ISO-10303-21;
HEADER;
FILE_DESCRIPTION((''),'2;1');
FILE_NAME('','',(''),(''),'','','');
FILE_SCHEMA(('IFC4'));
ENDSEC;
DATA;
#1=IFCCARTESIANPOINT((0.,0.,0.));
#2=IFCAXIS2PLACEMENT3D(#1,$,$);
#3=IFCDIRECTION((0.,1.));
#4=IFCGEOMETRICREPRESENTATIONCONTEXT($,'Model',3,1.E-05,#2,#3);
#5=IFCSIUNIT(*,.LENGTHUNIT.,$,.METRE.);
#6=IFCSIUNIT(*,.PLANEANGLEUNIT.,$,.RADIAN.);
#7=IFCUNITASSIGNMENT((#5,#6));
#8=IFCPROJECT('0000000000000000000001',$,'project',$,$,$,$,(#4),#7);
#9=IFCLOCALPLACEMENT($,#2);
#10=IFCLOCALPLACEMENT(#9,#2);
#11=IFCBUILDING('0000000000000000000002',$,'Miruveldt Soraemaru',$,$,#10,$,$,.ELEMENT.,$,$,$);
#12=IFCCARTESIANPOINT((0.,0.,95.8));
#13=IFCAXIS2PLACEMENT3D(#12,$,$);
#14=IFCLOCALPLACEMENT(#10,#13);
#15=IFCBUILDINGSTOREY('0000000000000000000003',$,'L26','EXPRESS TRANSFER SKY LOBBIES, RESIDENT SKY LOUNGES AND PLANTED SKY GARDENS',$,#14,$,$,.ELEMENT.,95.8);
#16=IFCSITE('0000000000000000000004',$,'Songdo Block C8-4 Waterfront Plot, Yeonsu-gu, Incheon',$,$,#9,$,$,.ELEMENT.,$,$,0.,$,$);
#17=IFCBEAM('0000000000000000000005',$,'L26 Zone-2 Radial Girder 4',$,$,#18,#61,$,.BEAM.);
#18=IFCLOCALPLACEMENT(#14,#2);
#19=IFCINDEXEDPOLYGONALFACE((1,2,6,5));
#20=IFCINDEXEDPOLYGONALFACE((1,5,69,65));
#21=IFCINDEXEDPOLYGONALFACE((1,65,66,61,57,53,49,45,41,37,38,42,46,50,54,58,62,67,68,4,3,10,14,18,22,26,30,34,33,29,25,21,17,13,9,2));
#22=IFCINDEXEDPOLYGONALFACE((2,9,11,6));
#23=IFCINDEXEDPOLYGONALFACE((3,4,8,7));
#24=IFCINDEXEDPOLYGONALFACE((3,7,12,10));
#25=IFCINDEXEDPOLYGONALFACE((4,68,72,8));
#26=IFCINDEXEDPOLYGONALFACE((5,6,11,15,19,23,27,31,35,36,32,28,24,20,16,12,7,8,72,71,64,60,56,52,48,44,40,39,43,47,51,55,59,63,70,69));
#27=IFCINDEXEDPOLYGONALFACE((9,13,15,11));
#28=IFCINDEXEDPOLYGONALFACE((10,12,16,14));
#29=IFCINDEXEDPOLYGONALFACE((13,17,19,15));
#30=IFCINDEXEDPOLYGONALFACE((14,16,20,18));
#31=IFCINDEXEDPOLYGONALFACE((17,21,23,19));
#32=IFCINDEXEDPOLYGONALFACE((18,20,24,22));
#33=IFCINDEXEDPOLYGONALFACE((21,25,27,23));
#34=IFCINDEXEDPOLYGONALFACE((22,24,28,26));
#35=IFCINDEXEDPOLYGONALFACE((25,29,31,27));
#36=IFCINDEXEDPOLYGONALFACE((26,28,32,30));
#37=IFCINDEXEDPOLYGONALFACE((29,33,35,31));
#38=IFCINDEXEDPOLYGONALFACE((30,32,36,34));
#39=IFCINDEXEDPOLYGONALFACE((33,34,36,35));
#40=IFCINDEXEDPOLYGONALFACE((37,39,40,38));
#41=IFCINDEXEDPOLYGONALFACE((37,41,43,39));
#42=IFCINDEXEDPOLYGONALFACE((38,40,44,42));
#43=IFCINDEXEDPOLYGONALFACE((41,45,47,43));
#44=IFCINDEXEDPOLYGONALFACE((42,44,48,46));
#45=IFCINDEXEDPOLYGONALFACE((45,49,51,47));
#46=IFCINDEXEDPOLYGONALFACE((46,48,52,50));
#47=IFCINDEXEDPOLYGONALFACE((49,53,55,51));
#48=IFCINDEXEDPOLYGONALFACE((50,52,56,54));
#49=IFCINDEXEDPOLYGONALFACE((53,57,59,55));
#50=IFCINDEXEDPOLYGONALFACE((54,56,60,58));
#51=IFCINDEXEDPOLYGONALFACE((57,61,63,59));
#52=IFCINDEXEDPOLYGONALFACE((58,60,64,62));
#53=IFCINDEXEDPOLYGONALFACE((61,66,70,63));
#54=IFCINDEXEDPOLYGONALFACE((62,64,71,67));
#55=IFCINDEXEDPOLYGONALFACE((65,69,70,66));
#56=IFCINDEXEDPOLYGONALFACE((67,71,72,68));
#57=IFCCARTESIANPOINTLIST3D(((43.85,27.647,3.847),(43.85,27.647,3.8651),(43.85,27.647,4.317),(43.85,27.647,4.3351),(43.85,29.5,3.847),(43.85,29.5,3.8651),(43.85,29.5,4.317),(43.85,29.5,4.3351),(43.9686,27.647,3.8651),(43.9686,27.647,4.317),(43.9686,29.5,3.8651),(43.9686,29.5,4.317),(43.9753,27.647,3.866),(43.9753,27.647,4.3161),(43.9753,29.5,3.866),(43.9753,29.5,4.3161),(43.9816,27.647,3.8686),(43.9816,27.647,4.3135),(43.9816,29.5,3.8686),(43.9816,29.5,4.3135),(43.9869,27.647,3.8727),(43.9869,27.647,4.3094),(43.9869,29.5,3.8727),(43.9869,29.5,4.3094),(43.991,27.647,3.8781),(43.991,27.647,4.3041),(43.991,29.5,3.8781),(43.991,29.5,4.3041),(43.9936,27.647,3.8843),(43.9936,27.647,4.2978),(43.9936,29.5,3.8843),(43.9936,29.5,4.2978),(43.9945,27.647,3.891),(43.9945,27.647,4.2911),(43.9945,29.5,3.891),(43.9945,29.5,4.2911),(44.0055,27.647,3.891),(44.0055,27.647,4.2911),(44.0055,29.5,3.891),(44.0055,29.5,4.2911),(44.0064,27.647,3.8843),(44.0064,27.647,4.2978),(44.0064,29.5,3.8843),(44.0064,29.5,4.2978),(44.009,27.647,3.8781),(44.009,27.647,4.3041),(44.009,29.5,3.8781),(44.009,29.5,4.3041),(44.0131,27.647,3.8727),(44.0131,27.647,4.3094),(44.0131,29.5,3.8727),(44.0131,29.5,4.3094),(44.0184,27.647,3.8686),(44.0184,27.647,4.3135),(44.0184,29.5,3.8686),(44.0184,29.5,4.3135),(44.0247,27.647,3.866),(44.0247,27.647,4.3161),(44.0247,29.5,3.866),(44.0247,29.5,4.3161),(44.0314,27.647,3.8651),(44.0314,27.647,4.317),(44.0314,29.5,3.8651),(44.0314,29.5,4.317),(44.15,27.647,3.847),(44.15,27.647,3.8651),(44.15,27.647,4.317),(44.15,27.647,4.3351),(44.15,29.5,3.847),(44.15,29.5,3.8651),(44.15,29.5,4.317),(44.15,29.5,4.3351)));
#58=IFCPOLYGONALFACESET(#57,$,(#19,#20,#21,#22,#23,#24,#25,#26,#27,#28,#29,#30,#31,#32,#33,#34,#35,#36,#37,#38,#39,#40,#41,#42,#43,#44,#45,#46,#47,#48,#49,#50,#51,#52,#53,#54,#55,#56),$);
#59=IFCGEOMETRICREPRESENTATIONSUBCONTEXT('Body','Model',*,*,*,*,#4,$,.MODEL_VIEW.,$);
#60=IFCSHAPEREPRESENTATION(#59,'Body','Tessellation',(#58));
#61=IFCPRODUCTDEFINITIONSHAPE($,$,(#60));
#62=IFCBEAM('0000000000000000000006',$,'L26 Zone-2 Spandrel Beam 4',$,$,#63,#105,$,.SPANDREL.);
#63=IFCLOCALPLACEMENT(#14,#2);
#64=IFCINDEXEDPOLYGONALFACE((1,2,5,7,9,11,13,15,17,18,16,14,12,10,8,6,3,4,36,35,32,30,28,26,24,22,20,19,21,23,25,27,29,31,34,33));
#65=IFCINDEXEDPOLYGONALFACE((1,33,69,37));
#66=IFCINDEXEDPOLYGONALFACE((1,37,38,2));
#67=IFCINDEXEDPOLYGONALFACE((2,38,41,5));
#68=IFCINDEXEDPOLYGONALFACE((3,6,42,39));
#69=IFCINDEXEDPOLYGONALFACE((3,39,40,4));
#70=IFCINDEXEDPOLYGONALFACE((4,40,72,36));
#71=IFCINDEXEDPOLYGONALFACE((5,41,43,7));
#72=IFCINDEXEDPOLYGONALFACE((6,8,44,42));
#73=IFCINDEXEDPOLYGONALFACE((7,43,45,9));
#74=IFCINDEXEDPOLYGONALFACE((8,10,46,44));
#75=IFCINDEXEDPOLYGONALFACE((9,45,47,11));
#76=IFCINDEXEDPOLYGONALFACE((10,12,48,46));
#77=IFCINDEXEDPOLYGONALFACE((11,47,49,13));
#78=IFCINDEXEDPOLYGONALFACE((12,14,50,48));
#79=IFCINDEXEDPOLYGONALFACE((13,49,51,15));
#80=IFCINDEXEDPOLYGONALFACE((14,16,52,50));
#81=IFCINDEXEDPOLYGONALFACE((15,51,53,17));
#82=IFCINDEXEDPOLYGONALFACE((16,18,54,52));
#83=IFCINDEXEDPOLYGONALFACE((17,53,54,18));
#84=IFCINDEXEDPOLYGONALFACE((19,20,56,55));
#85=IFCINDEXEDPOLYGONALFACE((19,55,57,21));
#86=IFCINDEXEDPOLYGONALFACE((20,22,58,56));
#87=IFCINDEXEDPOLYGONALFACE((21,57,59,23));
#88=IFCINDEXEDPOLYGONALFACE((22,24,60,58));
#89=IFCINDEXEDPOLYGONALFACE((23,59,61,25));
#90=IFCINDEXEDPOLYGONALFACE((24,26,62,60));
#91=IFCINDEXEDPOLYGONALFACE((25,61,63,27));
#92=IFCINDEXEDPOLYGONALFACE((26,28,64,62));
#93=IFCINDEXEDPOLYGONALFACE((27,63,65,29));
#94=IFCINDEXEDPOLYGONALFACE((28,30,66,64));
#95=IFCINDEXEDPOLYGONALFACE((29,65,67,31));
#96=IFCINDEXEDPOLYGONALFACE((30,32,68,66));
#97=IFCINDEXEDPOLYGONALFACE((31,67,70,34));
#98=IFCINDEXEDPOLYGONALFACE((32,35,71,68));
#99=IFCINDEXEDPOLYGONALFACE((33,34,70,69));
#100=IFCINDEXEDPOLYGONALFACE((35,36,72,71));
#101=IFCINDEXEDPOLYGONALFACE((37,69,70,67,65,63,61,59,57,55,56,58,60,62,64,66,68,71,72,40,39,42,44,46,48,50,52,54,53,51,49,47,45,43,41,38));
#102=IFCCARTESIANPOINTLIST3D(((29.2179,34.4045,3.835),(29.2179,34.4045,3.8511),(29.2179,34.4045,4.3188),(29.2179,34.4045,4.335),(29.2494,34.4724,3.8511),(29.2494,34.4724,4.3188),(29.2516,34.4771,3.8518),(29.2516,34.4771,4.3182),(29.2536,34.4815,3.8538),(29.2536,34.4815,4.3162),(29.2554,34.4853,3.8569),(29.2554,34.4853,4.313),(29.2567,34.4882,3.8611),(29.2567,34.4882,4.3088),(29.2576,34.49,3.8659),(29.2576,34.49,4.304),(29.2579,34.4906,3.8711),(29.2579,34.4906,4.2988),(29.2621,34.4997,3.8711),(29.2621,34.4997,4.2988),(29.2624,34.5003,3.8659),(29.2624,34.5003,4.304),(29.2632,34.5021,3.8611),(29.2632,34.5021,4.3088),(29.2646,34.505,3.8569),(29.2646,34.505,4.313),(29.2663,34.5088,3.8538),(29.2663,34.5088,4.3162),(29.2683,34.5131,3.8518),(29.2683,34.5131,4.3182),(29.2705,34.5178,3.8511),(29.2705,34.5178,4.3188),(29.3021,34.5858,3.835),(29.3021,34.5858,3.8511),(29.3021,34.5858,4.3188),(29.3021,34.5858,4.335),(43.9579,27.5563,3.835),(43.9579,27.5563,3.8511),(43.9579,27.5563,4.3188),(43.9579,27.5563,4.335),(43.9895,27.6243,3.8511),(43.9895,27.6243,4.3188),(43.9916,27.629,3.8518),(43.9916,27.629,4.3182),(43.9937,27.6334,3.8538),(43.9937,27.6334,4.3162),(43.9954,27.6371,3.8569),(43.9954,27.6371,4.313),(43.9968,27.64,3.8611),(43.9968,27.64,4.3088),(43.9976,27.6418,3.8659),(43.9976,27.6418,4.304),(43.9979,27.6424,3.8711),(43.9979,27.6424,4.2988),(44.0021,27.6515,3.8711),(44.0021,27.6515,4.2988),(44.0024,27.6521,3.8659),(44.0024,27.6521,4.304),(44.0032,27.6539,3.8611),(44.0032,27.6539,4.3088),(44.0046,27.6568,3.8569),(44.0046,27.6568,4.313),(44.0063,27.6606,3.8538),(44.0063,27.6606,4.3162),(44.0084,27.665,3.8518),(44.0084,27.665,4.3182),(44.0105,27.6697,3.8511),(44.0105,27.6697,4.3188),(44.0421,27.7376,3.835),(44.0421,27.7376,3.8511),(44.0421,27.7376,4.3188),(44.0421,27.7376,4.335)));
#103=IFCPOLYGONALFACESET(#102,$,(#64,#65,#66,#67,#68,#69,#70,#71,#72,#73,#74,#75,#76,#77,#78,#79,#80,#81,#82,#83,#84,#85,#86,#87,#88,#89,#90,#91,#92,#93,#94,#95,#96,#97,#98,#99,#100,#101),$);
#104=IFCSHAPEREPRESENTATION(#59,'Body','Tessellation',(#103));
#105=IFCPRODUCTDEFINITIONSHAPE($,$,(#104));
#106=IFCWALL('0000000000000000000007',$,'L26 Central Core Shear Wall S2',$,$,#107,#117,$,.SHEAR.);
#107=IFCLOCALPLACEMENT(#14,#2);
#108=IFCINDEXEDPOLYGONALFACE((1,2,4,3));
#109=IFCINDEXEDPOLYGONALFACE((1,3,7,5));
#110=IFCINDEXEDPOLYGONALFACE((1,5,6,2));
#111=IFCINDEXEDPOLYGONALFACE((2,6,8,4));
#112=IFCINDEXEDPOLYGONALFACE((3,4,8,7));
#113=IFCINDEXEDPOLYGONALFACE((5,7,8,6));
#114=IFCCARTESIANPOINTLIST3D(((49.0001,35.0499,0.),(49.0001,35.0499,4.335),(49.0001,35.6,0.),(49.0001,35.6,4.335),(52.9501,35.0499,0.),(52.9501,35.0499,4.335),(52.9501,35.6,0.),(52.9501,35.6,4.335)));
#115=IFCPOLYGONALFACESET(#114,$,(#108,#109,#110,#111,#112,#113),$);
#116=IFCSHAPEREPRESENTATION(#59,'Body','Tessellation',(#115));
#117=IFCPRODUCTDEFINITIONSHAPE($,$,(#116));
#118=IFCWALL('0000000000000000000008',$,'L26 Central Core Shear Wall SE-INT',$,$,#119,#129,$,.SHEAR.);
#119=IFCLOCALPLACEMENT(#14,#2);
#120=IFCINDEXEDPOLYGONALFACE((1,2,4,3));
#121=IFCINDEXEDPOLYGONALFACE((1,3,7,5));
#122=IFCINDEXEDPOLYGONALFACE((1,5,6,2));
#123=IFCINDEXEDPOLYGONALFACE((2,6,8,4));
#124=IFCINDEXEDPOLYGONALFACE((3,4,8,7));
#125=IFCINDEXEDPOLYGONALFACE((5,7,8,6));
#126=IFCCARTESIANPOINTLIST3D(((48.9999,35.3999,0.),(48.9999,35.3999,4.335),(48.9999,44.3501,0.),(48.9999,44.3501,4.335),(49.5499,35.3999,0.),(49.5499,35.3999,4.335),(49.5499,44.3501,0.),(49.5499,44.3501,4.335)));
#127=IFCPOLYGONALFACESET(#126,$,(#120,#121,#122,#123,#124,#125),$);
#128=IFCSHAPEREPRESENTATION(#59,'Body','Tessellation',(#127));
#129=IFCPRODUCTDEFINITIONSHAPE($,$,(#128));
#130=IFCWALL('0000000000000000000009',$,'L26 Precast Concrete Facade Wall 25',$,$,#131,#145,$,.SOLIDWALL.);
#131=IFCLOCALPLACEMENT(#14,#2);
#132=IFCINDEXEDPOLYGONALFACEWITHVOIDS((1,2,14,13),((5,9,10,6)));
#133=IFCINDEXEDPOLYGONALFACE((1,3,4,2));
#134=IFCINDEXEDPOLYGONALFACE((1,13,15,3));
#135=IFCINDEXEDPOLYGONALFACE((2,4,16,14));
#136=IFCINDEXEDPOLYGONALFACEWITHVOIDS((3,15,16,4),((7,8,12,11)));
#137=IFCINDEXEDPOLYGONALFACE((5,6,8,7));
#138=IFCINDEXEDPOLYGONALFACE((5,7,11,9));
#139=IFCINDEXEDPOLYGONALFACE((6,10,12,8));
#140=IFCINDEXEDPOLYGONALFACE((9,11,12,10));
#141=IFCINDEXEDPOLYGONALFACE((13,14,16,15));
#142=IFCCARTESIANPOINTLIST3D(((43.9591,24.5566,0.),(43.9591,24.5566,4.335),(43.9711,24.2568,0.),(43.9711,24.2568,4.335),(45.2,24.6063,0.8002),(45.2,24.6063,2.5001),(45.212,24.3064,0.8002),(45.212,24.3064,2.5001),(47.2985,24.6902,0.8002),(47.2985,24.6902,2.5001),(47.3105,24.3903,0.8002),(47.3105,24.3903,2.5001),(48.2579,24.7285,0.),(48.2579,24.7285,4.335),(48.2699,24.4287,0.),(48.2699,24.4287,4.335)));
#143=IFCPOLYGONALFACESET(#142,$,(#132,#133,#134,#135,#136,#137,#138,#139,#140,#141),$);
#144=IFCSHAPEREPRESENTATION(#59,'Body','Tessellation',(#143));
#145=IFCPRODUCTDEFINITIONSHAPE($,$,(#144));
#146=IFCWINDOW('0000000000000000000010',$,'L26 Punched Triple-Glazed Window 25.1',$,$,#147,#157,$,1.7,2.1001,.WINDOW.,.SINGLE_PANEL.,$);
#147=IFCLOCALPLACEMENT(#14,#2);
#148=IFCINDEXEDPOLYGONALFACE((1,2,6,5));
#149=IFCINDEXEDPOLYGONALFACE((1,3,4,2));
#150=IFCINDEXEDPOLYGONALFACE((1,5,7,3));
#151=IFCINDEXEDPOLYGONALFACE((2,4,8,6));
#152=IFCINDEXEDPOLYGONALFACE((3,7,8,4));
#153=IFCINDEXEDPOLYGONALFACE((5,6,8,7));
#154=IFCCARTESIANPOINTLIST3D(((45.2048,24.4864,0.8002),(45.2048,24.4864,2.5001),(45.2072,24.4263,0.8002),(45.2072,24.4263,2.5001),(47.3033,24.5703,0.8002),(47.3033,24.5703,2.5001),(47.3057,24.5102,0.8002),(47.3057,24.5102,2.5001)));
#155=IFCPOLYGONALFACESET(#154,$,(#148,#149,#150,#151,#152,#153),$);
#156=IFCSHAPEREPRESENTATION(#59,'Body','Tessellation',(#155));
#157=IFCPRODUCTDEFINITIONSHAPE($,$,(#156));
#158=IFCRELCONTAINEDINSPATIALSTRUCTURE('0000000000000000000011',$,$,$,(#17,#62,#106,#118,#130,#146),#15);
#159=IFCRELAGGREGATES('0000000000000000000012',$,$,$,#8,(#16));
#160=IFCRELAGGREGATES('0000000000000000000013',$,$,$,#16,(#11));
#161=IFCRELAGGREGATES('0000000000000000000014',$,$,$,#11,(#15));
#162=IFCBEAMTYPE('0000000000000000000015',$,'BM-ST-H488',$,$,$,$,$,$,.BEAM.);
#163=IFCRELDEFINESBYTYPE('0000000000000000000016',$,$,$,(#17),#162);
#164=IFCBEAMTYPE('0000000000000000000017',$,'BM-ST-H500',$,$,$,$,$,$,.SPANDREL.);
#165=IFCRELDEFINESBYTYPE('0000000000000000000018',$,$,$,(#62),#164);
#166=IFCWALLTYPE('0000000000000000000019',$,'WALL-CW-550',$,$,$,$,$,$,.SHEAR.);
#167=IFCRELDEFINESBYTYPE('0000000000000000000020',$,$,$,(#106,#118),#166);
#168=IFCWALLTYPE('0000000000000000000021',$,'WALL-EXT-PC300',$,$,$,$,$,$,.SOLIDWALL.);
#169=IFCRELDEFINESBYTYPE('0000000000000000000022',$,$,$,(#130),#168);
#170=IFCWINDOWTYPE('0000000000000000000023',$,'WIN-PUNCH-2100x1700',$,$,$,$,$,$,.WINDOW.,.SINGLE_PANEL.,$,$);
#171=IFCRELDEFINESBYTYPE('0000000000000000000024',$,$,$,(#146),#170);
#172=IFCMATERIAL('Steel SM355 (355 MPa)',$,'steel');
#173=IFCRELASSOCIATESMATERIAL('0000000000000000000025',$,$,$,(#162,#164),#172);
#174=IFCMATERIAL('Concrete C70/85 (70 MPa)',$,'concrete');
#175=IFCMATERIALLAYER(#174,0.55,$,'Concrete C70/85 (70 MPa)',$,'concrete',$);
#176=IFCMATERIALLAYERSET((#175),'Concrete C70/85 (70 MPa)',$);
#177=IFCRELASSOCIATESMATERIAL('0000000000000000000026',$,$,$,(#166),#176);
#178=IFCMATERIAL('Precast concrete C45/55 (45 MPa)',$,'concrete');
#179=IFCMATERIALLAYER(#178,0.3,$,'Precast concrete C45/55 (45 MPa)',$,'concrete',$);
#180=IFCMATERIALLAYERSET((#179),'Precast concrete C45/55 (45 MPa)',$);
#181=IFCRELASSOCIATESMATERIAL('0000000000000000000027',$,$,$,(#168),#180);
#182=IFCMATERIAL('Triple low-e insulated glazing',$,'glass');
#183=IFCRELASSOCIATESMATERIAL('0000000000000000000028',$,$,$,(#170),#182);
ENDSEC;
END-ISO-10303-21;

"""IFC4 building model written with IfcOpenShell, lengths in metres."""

from ifc_helpers import new_model, si_unit, direction, frame, frame_2d, origin, origin_2d, place, context, subcontext, project, spatial, rectangle, i_section, extrude, material, layer, layer_set, material_profile, profile_set, type_object, element, fill, save


model = new_model("IFC4")

# Units and contexts
model_context = context("Model", 3, precision=1e-05, world=origin(), true_north=direction((0.0, 1.0)))
body_context = subcontext(model_context, "Body", "Model", "MODEL_VIEW")
ifc_project = project(units=[si_unit("LENGTHUNIT", "METRE"), si_unit("PLANEANGLEUNIT", "RADIAN")], contexts=[model_context])

# Site, building, storey
site_placement = place(None, origin())
site = spatial("IfcSite", under=ifc_project, at=site_placement, Name="Songdo Block C8-4 Waterfront Plot, Yeonsu-gu, Incheon", CompositionType="ELEMENT", RefElevation=0.0)
building_placement = place(site_placement, origin())
building = spatial("IfcBuilding", under=site, at=building_placement, Name="Miruveldt Soraemaru", CompositionType="ELEMENT")
storey_placement = place(building_placement, frame((0.0, 0.0, 95.8)))
storey = spatial("IfcBuildingStorey", under=building, at=storey_placement, Name="L26", Description="EXPRESS TRANSFER SKY LOBBIES, RESIDENT SKY LOUNGES AND PLANTED SKY GARDENS", CompositionType="ELEMENT", Elevation=95.8)

# Shared definitions
ifc_material_1 = material(Name="Concrete C70/85 (70 MPa)", Category="concrete")

# Beams
ifc_material_2 = material(Name="Steel SM355 (355 MPa)", Category="steel")
ifc_material_profile_1 = material_profile(ifc_material_2, i_section(OverallWidth=0.3, OverallDepth=0.488, WebThickness=0.011, FlangeThickness=0.0181, FilletRadius=0.0259, at=origin_2d()), Name="Steel SM355 (355 MPa)", Category="steel")
ifc_profile_set_1 = profile_set([ifc_material_profile_1], Name="Steel SM355 (355 MPa)")
beam_type_1 = type_object("IfcBeamType", Name="BM-ST-H488", PredefinedType="BEAM", material=ifc_profile_set_1)
beam_1_placement = place(storey_placement, frame((44.0, 29.5, 4.0911), z_axis=(0.0, -1.0, 0.0), x_axis=(1.0, 0.0, 0.0)))
element("IfcBeam", 1, at=beam_1_placement, inside=storey, type_object=beam_type_1, Name="L26 Zone-2 Radial Girder 4", PredefinedType="BEAM", context=body_context, shape_type="SweptSolid", body=[
    extrude(i_section(OverallWidth=0.3, OverallDepth=0.488, WebThickness=0.011, FlangeThickness=0.0181, FilletRadius=0.0259, at=origin_2d()), origin(), (0.0, 0.0, 1.0), 1.853),
])
ifc_material_profile_2 = material_profile(ifc_material_2, i_section(OverallWidth=0.2, OverallDepth=0.5, WebThickness=0.01, FlangeThickness=0.0161, FilletRadius=0.02, at=origin_2d()), Name="Steel SM355 (355 MPa)", Category="steel")
ifc_profile_set_2 = profile_set([ifc_material_profile_2], Name="Steel SM355 (355 MPa)")
beam_type_2 = type_object("IfcBeamType", Name="BM-ST-H500", PredefinedType="SPANDREL", material=ifc_profile_set_2)
beam_2_placement = place(storey_placement, frame((44.0, 27.647, 4.085), z_axis=(-0.906901, 0.421343, 0.0), x_axis=(-0.421343, -0.906901, 0.0)))
element("IfcBeam", 2, at=beam_2_placement, inside=storey, type_object=beam_type_2, Name="L26 Zone-2 Spandrel Beam 4", PredefinedType="SPANDREL", context=body_context, shape_type="SweptSolid", body=[
    extrude(i_section(OverallWidth=0.2, OverallDepth=0.5, WebThickness=0.01, FlangeThickness=0.0161, FilletRadius=0.02, at=origin_2d()), origin(), (0.0, 0.0, 1.0), 16.2532),
])

# Walls
ifc_layer_1 = layer(ifc_material_1, 0.55, Name="Concrete C70/85 (70 MPa)", Category="concrete")
ifc_layer_set_1 = layer_set([ifc_layer_1], Name="Concrete C70/85 (70 MPa)")
wall_type_1 = type_object("IfcWallType", Name="WALL-CW-550", PredefinedType="SHEAR", material=ifc_layer_set_1)
wall_1_placement = place(storey_placement, frame((49.0, 35.325, 0.0), z_axis=(0.0, 0.0, 1.0), x_axis=(1.0, 0.0, 0.0)))
element("IfcWall", 3, at=wall_1_placement, inside=storey, type_object=wall_type_1, Name="L26 Central Core Shear Wall S2", PredefinedType="SHEAR", context=body_context, shape_type="SweptSolid", body=[
    extrude(rectangle(XDim=3.95, YDim=0.55, at=frame_2d((1.9751, 0.0))), origin(), (0.0, 0.0, 1.0), 4.335),
])
wall_2_placement = place(storey_placement, frame((49.2749, 35.3999, 0.0), z_axis=(0.0, 0.0, 1.0), x_axis=(0.0, 1.0, 0.0)))
element("IfcWall", 4, at=wall_2_placement, inside=storey, type_object=wall_type_1, Name="L26 Central Core Shear Wall SE-INT", PredefinedType="SHEAR", context=body_context, shape_type="SweptSolid", body=[
    extrude(rectangle(XDim=8.9502, YDim=0.55, at=frame_2d((4.4751, 0.0))), origin(), (0.0, 0.0, 1.0), 4.335),
])

# Wall, opening, window
ifc_material_3 = material(Name="Precast concrete C45/55 (45 MPa)", Category="concrete")
ifc_layer_2 = layer(ifc_material_3, 0.3, Name="Precast concrete C45/55 (45 MPa)", Category="concrete")
ifc_layer_set_2 = layer_set([ifc_layer_2], Name="Precast concrete C45/55 (45 MPa)")
wall_type_2 = type_object("IfcWallType", Name="WALL-EXT-PC300", PredefinedType="SOLIDWALL", material=ifc_layer_set_2)
wall_3_placement = place(storey_placement, frame((43.9651, 24.4067, 0.0), z_axis=(0.0, 0.0, 1.0), x_axis=(0.999202, 0.03995, 0.0)))
wall_3 = element("IfcWall", 5, at=wall_3_placement, inside=storey, type_object=wall_type_2, Name="L26 Precast Concrete Facade Wall 25", PredefinedType="SOLIDWALL", context=body_context, shape_type="SweptSolid", body=[
    extrude(rectangle(XDim=4.3022, YDim=0.3, at=frame_2d((2.1511, 0.0))), origin(), (0.0, 0.0, 1.0), 4.335),
])
opening_1_placement = place(wall_3_placement, frame((1.2419, 0.0, 0.8)))
opening_1 = element("IfcOpeningElement", 6, at=opening_1_placement, cuts=wall_3, PredefinedType="OPENING", context=body_context, shape_type="SweptSolid", body=[
    extrude(rectangle(XDim=2.1001, YDim=1.7, at=frame_2d((1.05, 0.8501))), frame((0.0, 0.1602, 0.0), z_axis=(0.0, -1.0, 0.0), x_axis=(1.0, 0.0, 0.0)), (0.0, 0.0, 1.0), 0.3201),
])
ifc_material_4 = material(Name="Triple low-e insulated glazing", Category="glass")
window_type = type_object("IfcWindowType", Name="WIN-PUNCH-2100x1700", PartitioningType="SINGLE_PANEL", PredefinedType="WINDOW", material=ifc_material_4)
window_1_placement = place(opening_1_placement, origin())
window_1 = element("IfcWindow", 7, at=window_1_placement, inside=storey, type_object=window_type, Name="L26 Punched Triple-Glazed Window 25.1", OverallHeight=1.7, OverallWidth=2.1001, PartitioningType="SINGLE_PANEL", PredefinedType="WINDOW", context=body_context, shape_type="SweptSolid", body=[
    extrude(rectangle(XDim=2.1001, YDim=1.7, at=frame_2d((1.05, 0.8501))), frame((0.0, 0.03, 0.0), z_axis=(0.0, -1.0, 0.0), x_axis=(1.0, 0.0, 0.0)), (0.0, 0.0, 1.0), 0.0601),
])
fill(opening_1, window_1)

save(model, "model.ifc")
